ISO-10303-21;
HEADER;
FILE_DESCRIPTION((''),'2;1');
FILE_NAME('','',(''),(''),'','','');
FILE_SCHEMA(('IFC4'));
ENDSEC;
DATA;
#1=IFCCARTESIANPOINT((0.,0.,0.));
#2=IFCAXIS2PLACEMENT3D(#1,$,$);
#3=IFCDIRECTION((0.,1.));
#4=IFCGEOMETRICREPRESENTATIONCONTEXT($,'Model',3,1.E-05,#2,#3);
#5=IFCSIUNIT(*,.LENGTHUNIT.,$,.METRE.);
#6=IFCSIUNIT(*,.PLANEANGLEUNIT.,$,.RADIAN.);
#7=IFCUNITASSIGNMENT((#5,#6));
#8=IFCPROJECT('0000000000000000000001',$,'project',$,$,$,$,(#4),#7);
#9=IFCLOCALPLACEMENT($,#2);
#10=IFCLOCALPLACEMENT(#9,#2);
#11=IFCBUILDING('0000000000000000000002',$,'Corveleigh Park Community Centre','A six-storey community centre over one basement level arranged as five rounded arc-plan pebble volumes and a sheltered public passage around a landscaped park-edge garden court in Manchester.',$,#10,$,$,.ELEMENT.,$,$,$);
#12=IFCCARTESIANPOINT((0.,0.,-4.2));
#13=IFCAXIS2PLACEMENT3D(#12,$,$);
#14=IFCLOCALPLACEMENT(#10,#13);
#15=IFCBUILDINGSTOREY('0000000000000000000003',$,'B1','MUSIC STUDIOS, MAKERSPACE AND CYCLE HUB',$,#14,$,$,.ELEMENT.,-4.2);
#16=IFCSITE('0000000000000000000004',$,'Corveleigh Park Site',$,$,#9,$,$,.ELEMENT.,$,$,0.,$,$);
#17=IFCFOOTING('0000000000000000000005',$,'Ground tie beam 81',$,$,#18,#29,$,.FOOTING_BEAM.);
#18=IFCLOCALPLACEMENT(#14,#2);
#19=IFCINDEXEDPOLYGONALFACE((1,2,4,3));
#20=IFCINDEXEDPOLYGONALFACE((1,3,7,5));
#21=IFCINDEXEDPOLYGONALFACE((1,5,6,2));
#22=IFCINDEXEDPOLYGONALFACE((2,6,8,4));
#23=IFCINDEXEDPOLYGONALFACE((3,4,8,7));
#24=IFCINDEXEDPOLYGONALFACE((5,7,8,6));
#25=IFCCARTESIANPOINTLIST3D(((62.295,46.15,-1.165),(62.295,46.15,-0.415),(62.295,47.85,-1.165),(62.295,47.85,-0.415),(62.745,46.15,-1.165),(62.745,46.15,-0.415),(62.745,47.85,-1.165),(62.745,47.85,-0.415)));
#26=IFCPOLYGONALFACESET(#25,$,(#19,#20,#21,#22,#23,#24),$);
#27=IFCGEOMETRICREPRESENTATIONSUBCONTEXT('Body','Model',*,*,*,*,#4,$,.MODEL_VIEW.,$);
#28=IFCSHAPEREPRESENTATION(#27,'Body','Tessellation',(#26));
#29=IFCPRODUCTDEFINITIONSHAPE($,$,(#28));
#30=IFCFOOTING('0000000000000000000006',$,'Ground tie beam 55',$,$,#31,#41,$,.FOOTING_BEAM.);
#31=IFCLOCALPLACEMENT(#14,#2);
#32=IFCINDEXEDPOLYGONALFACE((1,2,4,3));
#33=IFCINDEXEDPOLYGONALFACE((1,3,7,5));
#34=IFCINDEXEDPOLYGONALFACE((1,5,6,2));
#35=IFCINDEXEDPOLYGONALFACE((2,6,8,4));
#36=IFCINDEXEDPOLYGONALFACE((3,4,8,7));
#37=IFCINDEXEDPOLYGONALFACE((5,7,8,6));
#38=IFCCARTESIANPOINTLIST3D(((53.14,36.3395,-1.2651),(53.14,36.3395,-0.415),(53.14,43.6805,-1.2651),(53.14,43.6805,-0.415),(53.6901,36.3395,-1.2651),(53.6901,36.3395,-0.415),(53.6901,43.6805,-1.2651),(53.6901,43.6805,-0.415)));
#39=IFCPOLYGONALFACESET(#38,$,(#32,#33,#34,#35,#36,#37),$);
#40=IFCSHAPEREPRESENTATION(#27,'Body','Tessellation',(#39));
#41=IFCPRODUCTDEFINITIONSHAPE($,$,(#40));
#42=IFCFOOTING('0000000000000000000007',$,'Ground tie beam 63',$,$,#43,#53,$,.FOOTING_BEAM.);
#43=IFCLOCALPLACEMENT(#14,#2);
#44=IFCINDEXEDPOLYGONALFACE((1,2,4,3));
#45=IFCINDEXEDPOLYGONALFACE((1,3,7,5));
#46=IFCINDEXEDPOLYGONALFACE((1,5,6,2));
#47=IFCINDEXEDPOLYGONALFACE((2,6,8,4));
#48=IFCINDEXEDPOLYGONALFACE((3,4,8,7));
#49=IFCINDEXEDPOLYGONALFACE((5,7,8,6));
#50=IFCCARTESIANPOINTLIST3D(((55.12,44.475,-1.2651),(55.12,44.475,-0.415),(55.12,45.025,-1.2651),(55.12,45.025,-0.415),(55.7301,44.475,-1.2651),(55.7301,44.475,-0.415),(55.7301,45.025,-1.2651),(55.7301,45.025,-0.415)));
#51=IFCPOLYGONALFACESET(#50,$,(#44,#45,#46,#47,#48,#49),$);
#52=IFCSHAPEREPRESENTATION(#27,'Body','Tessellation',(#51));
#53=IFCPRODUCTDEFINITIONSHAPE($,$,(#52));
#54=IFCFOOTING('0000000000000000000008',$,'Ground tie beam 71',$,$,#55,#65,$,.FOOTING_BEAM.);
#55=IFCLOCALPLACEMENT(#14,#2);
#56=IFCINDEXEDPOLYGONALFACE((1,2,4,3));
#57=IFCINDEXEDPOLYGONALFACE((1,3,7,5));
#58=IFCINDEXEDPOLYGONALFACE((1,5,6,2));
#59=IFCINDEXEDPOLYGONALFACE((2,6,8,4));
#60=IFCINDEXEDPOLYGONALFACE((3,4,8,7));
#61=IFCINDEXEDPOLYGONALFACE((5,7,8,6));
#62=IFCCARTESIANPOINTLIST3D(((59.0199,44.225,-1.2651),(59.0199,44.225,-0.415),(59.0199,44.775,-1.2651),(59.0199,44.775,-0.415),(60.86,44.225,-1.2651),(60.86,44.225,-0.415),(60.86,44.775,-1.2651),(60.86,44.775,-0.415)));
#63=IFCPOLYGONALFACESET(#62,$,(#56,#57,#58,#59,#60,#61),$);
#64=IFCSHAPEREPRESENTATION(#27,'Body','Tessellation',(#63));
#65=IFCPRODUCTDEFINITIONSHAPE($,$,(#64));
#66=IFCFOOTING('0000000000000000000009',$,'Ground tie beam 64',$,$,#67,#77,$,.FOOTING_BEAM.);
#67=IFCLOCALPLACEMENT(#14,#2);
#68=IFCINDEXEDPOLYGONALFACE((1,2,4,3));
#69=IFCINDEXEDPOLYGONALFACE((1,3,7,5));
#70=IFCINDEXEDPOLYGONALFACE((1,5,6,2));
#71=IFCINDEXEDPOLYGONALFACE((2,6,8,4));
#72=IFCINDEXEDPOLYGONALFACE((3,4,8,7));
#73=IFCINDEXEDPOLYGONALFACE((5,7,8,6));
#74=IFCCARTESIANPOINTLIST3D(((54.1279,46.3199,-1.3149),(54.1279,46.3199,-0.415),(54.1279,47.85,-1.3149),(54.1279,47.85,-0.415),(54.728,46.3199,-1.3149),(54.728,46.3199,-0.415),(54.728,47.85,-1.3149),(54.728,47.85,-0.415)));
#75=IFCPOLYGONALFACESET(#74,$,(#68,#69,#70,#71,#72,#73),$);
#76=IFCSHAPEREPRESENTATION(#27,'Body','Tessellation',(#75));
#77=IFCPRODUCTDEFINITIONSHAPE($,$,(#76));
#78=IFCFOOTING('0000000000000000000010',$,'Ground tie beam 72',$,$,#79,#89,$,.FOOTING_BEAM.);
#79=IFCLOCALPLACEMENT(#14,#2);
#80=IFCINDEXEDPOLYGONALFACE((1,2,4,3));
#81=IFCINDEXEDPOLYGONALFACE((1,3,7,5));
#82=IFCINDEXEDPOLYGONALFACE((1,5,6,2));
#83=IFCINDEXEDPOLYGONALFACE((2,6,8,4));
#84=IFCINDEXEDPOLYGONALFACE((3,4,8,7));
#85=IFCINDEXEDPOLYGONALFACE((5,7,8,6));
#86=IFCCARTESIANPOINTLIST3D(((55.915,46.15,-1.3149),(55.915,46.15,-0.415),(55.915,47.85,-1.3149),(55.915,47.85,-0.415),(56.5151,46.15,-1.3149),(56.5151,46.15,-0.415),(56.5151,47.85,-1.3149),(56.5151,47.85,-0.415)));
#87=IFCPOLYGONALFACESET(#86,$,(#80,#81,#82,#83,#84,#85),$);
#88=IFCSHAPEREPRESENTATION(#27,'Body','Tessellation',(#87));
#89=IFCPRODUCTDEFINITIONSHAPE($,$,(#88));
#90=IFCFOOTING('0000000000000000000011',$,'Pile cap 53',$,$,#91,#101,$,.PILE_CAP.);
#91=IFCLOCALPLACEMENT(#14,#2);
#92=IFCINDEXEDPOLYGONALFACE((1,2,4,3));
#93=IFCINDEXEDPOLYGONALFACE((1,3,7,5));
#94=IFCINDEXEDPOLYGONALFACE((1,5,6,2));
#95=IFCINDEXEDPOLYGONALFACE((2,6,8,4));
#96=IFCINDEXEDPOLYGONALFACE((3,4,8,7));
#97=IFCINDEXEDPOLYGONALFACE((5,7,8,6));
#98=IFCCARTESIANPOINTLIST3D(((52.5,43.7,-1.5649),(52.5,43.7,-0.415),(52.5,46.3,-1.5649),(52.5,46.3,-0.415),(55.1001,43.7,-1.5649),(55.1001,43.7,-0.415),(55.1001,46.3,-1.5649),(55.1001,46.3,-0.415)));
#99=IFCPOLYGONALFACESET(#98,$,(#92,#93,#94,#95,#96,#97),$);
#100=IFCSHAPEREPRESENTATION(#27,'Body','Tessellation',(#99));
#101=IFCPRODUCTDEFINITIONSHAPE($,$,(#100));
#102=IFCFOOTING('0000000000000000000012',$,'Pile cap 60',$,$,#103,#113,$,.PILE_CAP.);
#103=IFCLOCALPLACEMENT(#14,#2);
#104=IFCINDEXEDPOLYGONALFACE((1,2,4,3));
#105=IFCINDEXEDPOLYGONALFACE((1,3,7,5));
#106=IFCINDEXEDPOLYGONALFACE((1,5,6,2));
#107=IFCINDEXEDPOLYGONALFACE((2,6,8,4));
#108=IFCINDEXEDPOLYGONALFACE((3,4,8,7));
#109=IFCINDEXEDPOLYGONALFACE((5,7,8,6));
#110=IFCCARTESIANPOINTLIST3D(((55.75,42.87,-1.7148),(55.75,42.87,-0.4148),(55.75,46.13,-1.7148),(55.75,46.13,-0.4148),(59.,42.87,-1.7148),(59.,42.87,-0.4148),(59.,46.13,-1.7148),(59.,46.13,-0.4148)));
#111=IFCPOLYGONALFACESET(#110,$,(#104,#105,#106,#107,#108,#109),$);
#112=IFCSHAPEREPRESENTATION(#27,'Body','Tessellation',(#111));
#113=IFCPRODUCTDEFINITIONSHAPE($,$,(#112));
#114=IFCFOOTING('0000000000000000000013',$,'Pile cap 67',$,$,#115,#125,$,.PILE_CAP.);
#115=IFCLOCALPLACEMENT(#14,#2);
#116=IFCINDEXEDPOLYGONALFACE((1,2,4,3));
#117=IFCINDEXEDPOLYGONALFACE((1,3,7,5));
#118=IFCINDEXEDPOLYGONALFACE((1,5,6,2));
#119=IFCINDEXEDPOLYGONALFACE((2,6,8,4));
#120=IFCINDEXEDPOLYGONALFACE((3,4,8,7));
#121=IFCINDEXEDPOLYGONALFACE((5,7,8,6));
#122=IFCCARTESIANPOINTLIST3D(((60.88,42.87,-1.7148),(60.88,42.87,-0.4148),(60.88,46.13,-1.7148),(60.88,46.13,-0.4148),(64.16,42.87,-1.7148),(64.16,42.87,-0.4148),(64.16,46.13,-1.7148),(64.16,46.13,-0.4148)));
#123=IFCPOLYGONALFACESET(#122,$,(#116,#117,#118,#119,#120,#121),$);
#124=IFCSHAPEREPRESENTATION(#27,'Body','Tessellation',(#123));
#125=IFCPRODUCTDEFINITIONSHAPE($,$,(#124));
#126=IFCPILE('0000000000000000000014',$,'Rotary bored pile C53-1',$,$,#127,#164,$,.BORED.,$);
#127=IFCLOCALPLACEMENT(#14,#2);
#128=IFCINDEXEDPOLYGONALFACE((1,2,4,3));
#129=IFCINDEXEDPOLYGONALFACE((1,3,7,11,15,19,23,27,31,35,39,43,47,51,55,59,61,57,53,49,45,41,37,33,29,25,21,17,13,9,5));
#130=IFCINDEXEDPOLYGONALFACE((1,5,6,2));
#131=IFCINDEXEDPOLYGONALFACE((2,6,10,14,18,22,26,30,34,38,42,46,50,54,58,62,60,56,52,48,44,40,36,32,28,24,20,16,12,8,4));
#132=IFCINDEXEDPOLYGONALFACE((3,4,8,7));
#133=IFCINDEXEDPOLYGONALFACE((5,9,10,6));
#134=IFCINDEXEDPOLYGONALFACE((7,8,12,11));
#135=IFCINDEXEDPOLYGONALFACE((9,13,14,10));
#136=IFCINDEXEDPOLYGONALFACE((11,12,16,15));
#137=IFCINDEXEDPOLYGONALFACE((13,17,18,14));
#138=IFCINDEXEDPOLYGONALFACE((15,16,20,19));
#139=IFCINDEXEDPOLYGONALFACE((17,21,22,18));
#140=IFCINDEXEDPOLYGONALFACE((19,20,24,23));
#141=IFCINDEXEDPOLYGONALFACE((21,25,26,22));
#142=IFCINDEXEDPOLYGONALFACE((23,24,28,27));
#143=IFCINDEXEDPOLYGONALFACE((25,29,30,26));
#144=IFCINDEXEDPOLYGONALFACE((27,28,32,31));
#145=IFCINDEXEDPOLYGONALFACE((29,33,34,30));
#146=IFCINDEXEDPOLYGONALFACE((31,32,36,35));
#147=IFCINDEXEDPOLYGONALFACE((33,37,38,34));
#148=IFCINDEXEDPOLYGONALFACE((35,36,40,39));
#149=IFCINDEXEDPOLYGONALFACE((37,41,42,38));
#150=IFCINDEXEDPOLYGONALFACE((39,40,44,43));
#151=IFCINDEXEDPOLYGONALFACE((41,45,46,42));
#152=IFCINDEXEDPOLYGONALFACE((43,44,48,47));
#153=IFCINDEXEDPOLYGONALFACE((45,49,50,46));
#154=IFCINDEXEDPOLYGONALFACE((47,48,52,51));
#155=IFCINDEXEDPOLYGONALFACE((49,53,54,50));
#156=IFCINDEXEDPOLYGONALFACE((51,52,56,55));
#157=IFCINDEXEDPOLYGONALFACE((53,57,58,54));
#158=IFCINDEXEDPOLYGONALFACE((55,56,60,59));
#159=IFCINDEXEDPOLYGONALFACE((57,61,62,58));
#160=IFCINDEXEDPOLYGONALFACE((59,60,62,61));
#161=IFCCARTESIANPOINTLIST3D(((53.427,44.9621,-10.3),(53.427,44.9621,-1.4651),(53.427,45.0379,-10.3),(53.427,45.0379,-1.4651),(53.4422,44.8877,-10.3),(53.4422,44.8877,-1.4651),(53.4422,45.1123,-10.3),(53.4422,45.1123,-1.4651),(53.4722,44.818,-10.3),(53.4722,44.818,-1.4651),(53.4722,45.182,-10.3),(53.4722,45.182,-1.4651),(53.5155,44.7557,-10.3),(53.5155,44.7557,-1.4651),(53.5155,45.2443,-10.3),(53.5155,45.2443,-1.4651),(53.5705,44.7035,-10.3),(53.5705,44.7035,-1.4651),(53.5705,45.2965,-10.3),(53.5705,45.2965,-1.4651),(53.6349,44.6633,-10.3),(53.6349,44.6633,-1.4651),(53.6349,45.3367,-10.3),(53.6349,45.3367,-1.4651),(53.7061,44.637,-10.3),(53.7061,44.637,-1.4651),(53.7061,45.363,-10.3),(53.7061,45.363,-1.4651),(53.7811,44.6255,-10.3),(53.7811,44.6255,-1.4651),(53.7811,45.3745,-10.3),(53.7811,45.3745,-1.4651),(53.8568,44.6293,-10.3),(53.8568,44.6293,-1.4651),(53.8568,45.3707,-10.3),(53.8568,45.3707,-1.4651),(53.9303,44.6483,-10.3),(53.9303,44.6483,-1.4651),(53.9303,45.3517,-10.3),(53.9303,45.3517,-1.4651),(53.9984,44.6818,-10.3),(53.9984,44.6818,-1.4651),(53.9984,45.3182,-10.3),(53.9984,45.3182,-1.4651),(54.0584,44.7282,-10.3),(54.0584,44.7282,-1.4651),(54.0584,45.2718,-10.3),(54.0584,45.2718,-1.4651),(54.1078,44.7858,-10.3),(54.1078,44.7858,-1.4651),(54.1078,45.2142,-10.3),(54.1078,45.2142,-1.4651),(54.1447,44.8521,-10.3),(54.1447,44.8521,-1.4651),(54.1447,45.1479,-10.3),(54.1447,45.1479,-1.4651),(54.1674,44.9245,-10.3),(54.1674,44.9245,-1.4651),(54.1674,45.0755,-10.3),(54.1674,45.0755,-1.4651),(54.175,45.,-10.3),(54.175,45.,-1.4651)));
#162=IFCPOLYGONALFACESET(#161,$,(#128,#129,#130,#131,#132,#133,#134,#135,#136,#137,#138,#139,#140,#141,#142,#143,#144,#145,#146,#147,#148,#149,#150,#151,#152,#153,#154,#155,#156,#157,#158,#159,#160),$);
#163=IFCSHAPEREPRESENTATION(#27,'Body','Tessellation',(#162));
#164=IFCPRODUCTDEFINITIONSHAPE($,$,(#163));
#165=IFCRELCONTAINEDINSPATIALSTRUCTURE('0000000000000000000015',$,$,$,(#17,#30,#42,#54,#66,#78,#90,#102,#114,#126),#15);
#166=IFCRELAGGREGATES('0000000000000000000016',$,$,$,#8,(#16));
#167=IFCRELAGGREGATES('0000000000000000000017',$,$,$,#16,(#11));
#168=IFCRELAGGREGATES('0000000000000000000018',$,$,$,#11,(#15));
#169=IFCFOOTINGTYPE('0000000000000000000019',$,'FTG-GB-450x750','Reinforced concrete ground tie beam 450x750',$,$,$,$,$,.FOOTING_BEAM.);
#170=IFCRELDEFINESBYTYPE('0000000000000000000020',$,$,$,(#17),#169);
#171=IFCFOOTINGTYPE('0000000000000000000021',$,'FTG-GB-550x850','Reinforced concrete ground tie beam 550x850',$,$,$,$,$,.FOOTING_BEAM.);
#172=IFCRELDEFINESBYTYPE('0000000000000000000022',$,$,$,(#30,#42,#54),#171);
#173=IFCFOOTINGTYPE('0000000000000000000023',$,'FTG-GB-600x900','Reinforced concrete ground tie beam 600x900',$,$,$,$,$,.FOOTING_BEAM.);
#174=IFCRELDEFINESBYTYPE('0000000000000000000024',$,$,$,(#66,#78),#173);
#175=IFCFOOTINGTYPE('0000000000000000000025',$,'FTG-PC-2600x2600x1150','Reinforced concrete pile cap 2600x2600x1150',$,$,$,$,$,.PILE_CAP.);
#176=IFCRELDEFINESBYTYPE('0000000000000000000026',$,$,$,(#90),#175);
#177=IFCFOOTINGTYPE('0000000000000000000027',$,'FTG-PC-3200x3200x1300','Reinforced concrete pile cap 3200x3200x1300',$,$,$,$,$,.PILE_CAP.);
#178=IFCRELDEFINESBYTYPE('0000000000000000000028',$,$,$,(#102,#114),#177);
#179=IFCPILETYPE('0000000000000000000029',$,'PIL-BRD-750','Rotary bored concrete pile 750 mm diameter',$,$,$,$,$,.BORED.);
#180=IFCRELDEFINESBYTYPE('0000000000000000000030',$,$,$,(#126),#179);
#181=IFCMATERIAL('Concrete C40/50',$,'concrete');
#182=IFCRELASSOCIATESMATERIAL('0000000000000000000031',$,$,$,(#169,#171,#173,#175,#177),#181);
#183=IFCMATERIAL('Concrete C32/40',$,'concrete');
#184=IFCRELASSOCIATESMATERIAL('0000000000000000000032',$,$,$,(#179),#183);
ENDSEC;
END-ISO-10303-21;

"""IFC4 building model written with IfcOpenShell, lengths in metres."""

from ifc_helpers import new_model, si_unit, direction, frame, origin, origin_2d, place, context, subcontext, project, spatial, rectangle, circle, extrude, material, material_profile, profile_set, type_object, element, save


model = new_model("IFC4")

# Units and contexts
model_context = context("Model", 3, precision=1e-05, world=origin(), true_north=direction((0.0, 1.0)))
body_context = subcontext(model_context, "Body", "Model", "MODEL_VIEW")
ifc_project = project(units=[si_unit("LENGTHUNIT", "METRE"), si_unit("PLANEANGLEUNIT", "RADIAN")], contexts=[model_context])

# Site, building, storey
site_placement = place(None, origin())
site = spatial("IfcSite", under=ifc_project, at=site_placement, Name="Corveleigh Park Site", CompositionType="ELEMENT", RefElevation=0.0)
building_placement = place(site_placement, origin())
building = spatial("IfcBuilding", under=site, at=building_placement, Name="Corveleigh Park Community Centre", Description="A six-storey community centre over one basement level arranged as five rounded arc-plan pebble volumes and a sheltered public passage around a landscaped park-edge garden court in Manchester.", CompositionType="ELEMENT")
storey_placement = place(building_placement, frame((0.0, 0.0, -4.2)))
storey = spatial("IfcBuildingStorey", under=building, at=storey_placement, Name="B1", Description="MUSIC STUDIOS, MAKERSPACE AND CYCLE HUB", CompositionType="ELEMENT", Elevation=-4.2)

# Footings
ifc_material_1 = material(Name="Concrete C40/50", Category="concrete")
footing_type_1 = type_object("IfcFootingType", Name="FTG-GB-450x750", Description="Reinforced concrete ground tie beam 450x750", PredefinedType="FOOTING_BEAM", material=ifc_material_1)
footing_1_placement = place(storey_placement, frame((62.52, 47.0, -1.165), z_axis=(0.0, 0.0, 1.0), x_axis=(1.0, 0.0, 0.0)))
element("IfcFooting", 1, at=footing_1_placement, inside=storey, type_object=footing_type_1, Name="Ground tie beam 81", PredefinedType="FOOTING_BEAM", context=body_context, shape_type="SweptSolid", body=[
    extrude(rectangle(XDim=0.45, YDim=1.7, at=origin_2d()), origin(), (0.0, 0.0, 1.0), 0.75),
])
footing_type_2 = type_object("IfcFootingType", Name="FTG-GB-550x850", Description="Reinforced concrete ground tie beam 550x850", PredefinedType="FOOTING_BEAM", material=ifc_material_1)
footing_2_placement = place(storey_placement, frame((53.415, 40.01, -1.2651), z_axis=(0.0, 0.0, 1.0), x_axis=(1.0, 0.0, 0.0)))
element("IfcFooting", 2, at=footing_2_placement, inside=storey, type_object=footing_type_2, Name="Ground tie beam 55", PredefinedType="FOOTING_BEAM", context=body_context, shape_type="SweptSolid", body=[
    extrude(rectangle(XDim=0.55, YDim=7.3411, at=origin_2d()), origin(), (0.0, 0.0, 1.0), 0.8501),
])
footing_3_placement = place(storey_placement, frame((55.425, 44.75, -1.2651), z_axis=(0.0, 0.0, 1.0), x_axis=(1.0, 0.0, 0.0)))
element("IfcFooting", 3, at=footing_3_placement, inside=storey, type_object=footing_type_2, Name="Ground tie beam 63", PredefinedType="FOOTING_BEAM", context=body_context, shape_type="SweptSolid", body=[
    extrude(rectangle(XDim=0.6101, YDim=0.55, at=origin_2d()), origin(), (0.0, 0.0, 1.0), 0.8501),
])
footing_4_placement = place(storey_placement, frame((59.9399, 44.5, -1.2651), z_axis=(0.0, 0.0, 1.0), x_axis=(1.0, 0.0, 0.0)))
element("IfcFooting", 4, at=footing_4_placement, inside=storey, type_object=footing_type_2, Name="Ground tie beam 71", PredefinedType="FOOTING_BEAM", context=body_context, shape_type="SweptSolid", body=[
    extrude(rectangle(XDim=1.8401, YDim=0.55, at=origin_2d()), origin(), (0.0, 0.0, 1.0), 0.8501),
])
footing_type_3 = type_object("IfcFootingType", Name="FTG-GB-600x900", Description="Reinforced concrete ground tie beam 600x900", PredefinedType="FOOTING_BEAM", material=ifc_material_1)
footing_5_placement = place(storey_placement, frame((54.428, 47.085, -1.3149), z_axis=(0.0, 0.0, 1.0), x_axis=(1.0, 0.0, 0.0)))
element("IfcFooting", 5, at=footing_5_placement, inside=storey, type_object=footing_type_3, Name="Ground tie beam 64", PredefinedType="FOOTING_BEAM", context=body_context, shape_type="SweptSolid", body=[
    extrude(rectangle(XDim=0.6001, YDim=1.53, at=origin_2d()), origin(), (0.0, 0.0, 1.0), 0.8999),
])
footing_6_placement = place(storey_placement, frame((56.2151, 47.0, -1.3149), z_axis=(0.0, 0.0, 1.0), x_axis=(1.0, 0.0, 0.0)))
element("IfcFooting", 6, at=footing_6_placement, inside=storey, type_object=footing_type_3, Name="Ground tie beam 72", PredefinedType="FOOTING_BEAM", context=body_context, shape_type="SweptSolid", body=[
    extrude(rectangle(XDim=0.6001, YDim=1.7, at=origin_2d()), origin(), (0.0, 0.0, 1.0), 0.8999),
])
footing_type_4 = type_object("IfcFootingType", Name="FTG-PC-2600x2600x1150", Description="Reinforced concrete pile cap 2600x2600x1150", PredefinedType="PILE_CAP", material=ifc_material_1)
footing_7_placement = place(storey_placement, frame((53.8, 45.0, -1.5649), z_axis=(0.0, 0.0, 1.0), x_axis=(1.0, 0.0, 0.0)))
element("IfcFooting", 7, at=footing_7_placement, inside=storey, type_object=footing_type_4, Name="Pile cap 53", PredefinedType="PILE_CAP", context=body_context, shape_type="SweptSolid", body=[
    extrude(rectangle(XDim=2.6001, YDim=2.6001, at=origin_2d()), origin(), (0.0, 0.0, 1.0), 1.1499),
])
footing_type_5 = type_object("IfcFootingType", Name="FTG-PC-3200x3200x1300", Description="Reinforced concrete pile cap 3200x3200x1300", PredefinedType="PILE_CAP", material=ifc_material_1)
footing_8_placement = place(storey_placement, frame((57.375, 44.5, -1.7148), z_axis=(0.0, 0.0, 1.0), x_axis=(1.0, 0.0, 0.0)))
element("IfcFooting", 8, at=footing_8_placement, inside=storey, type_object=footing_type_5, Name="Pile cap 60", PredefinedType="PILE_CAP", context=body_context, shape_type="SweptSolid", body=[
    extrude(rectangle(XDim=3.25, YDim=3.26, at=origin_2d()), origin(), (0.0, 0.0, 1.0), 1.3),
])
footing_9_placement = place(storey_placement, frame((62.52, 44.5, -1.7148), z_axis=(0.0, 0.0, 1.0), x_axis=(1.0, 0.0, 0.0)))
element("IfcFooting", 9, at=footing_9_placement, inside=storey, type_object=footing_type_5, Name="Pile cap 67", PredefinedType="PILE_CAP", context=body_context, shape_type="SweptSolid", body=[
    extrude(rectangle(XDim=3.28, YDim=3.26, at=origin_2d()), origin(), (0.0, 0.0, 1.0), 1.3),
])

# Pile
ifc_material_2 = material(Name="Concrete C32/40", Category="concrete")
ifc_material_profile_1 = material_profile(ifc_material_2, circle(Radius=0.375, at=origin_2d()), Name="BORED-PILE-750", Category="concrete")
ifc_profile_set_1 = profile_set([ifc_material_profile_1], Name="Concrete C32/40")
pile_type = type_object("IfcPileType", Name="PIL-BRD-750", Description="Rotary bored concrete pile 750 mm diameter", PredefinedType="BORED", material=ifc_profile_set_1)
pile_placement = place(storey_placement, frame((53.8, 45.0, -1.4651), z_axis=(0.0, 0.0, -1.0), x_axis=(1.0, 0.0, 0.0)))
element("IfcPile", 10, at=pile_placement, inside=storey, type_object=pile_type, Name="Rotary bored pile C53-1", PredefinedType="BORED", context=body_context, shape_type="SweptSolid", body=[
    extrude(circle(Radius=0.375, at=origin_2d()), origin(), (0.0, 0.0, 1.0), 8.835),
])

save(model, "model.ifc")
